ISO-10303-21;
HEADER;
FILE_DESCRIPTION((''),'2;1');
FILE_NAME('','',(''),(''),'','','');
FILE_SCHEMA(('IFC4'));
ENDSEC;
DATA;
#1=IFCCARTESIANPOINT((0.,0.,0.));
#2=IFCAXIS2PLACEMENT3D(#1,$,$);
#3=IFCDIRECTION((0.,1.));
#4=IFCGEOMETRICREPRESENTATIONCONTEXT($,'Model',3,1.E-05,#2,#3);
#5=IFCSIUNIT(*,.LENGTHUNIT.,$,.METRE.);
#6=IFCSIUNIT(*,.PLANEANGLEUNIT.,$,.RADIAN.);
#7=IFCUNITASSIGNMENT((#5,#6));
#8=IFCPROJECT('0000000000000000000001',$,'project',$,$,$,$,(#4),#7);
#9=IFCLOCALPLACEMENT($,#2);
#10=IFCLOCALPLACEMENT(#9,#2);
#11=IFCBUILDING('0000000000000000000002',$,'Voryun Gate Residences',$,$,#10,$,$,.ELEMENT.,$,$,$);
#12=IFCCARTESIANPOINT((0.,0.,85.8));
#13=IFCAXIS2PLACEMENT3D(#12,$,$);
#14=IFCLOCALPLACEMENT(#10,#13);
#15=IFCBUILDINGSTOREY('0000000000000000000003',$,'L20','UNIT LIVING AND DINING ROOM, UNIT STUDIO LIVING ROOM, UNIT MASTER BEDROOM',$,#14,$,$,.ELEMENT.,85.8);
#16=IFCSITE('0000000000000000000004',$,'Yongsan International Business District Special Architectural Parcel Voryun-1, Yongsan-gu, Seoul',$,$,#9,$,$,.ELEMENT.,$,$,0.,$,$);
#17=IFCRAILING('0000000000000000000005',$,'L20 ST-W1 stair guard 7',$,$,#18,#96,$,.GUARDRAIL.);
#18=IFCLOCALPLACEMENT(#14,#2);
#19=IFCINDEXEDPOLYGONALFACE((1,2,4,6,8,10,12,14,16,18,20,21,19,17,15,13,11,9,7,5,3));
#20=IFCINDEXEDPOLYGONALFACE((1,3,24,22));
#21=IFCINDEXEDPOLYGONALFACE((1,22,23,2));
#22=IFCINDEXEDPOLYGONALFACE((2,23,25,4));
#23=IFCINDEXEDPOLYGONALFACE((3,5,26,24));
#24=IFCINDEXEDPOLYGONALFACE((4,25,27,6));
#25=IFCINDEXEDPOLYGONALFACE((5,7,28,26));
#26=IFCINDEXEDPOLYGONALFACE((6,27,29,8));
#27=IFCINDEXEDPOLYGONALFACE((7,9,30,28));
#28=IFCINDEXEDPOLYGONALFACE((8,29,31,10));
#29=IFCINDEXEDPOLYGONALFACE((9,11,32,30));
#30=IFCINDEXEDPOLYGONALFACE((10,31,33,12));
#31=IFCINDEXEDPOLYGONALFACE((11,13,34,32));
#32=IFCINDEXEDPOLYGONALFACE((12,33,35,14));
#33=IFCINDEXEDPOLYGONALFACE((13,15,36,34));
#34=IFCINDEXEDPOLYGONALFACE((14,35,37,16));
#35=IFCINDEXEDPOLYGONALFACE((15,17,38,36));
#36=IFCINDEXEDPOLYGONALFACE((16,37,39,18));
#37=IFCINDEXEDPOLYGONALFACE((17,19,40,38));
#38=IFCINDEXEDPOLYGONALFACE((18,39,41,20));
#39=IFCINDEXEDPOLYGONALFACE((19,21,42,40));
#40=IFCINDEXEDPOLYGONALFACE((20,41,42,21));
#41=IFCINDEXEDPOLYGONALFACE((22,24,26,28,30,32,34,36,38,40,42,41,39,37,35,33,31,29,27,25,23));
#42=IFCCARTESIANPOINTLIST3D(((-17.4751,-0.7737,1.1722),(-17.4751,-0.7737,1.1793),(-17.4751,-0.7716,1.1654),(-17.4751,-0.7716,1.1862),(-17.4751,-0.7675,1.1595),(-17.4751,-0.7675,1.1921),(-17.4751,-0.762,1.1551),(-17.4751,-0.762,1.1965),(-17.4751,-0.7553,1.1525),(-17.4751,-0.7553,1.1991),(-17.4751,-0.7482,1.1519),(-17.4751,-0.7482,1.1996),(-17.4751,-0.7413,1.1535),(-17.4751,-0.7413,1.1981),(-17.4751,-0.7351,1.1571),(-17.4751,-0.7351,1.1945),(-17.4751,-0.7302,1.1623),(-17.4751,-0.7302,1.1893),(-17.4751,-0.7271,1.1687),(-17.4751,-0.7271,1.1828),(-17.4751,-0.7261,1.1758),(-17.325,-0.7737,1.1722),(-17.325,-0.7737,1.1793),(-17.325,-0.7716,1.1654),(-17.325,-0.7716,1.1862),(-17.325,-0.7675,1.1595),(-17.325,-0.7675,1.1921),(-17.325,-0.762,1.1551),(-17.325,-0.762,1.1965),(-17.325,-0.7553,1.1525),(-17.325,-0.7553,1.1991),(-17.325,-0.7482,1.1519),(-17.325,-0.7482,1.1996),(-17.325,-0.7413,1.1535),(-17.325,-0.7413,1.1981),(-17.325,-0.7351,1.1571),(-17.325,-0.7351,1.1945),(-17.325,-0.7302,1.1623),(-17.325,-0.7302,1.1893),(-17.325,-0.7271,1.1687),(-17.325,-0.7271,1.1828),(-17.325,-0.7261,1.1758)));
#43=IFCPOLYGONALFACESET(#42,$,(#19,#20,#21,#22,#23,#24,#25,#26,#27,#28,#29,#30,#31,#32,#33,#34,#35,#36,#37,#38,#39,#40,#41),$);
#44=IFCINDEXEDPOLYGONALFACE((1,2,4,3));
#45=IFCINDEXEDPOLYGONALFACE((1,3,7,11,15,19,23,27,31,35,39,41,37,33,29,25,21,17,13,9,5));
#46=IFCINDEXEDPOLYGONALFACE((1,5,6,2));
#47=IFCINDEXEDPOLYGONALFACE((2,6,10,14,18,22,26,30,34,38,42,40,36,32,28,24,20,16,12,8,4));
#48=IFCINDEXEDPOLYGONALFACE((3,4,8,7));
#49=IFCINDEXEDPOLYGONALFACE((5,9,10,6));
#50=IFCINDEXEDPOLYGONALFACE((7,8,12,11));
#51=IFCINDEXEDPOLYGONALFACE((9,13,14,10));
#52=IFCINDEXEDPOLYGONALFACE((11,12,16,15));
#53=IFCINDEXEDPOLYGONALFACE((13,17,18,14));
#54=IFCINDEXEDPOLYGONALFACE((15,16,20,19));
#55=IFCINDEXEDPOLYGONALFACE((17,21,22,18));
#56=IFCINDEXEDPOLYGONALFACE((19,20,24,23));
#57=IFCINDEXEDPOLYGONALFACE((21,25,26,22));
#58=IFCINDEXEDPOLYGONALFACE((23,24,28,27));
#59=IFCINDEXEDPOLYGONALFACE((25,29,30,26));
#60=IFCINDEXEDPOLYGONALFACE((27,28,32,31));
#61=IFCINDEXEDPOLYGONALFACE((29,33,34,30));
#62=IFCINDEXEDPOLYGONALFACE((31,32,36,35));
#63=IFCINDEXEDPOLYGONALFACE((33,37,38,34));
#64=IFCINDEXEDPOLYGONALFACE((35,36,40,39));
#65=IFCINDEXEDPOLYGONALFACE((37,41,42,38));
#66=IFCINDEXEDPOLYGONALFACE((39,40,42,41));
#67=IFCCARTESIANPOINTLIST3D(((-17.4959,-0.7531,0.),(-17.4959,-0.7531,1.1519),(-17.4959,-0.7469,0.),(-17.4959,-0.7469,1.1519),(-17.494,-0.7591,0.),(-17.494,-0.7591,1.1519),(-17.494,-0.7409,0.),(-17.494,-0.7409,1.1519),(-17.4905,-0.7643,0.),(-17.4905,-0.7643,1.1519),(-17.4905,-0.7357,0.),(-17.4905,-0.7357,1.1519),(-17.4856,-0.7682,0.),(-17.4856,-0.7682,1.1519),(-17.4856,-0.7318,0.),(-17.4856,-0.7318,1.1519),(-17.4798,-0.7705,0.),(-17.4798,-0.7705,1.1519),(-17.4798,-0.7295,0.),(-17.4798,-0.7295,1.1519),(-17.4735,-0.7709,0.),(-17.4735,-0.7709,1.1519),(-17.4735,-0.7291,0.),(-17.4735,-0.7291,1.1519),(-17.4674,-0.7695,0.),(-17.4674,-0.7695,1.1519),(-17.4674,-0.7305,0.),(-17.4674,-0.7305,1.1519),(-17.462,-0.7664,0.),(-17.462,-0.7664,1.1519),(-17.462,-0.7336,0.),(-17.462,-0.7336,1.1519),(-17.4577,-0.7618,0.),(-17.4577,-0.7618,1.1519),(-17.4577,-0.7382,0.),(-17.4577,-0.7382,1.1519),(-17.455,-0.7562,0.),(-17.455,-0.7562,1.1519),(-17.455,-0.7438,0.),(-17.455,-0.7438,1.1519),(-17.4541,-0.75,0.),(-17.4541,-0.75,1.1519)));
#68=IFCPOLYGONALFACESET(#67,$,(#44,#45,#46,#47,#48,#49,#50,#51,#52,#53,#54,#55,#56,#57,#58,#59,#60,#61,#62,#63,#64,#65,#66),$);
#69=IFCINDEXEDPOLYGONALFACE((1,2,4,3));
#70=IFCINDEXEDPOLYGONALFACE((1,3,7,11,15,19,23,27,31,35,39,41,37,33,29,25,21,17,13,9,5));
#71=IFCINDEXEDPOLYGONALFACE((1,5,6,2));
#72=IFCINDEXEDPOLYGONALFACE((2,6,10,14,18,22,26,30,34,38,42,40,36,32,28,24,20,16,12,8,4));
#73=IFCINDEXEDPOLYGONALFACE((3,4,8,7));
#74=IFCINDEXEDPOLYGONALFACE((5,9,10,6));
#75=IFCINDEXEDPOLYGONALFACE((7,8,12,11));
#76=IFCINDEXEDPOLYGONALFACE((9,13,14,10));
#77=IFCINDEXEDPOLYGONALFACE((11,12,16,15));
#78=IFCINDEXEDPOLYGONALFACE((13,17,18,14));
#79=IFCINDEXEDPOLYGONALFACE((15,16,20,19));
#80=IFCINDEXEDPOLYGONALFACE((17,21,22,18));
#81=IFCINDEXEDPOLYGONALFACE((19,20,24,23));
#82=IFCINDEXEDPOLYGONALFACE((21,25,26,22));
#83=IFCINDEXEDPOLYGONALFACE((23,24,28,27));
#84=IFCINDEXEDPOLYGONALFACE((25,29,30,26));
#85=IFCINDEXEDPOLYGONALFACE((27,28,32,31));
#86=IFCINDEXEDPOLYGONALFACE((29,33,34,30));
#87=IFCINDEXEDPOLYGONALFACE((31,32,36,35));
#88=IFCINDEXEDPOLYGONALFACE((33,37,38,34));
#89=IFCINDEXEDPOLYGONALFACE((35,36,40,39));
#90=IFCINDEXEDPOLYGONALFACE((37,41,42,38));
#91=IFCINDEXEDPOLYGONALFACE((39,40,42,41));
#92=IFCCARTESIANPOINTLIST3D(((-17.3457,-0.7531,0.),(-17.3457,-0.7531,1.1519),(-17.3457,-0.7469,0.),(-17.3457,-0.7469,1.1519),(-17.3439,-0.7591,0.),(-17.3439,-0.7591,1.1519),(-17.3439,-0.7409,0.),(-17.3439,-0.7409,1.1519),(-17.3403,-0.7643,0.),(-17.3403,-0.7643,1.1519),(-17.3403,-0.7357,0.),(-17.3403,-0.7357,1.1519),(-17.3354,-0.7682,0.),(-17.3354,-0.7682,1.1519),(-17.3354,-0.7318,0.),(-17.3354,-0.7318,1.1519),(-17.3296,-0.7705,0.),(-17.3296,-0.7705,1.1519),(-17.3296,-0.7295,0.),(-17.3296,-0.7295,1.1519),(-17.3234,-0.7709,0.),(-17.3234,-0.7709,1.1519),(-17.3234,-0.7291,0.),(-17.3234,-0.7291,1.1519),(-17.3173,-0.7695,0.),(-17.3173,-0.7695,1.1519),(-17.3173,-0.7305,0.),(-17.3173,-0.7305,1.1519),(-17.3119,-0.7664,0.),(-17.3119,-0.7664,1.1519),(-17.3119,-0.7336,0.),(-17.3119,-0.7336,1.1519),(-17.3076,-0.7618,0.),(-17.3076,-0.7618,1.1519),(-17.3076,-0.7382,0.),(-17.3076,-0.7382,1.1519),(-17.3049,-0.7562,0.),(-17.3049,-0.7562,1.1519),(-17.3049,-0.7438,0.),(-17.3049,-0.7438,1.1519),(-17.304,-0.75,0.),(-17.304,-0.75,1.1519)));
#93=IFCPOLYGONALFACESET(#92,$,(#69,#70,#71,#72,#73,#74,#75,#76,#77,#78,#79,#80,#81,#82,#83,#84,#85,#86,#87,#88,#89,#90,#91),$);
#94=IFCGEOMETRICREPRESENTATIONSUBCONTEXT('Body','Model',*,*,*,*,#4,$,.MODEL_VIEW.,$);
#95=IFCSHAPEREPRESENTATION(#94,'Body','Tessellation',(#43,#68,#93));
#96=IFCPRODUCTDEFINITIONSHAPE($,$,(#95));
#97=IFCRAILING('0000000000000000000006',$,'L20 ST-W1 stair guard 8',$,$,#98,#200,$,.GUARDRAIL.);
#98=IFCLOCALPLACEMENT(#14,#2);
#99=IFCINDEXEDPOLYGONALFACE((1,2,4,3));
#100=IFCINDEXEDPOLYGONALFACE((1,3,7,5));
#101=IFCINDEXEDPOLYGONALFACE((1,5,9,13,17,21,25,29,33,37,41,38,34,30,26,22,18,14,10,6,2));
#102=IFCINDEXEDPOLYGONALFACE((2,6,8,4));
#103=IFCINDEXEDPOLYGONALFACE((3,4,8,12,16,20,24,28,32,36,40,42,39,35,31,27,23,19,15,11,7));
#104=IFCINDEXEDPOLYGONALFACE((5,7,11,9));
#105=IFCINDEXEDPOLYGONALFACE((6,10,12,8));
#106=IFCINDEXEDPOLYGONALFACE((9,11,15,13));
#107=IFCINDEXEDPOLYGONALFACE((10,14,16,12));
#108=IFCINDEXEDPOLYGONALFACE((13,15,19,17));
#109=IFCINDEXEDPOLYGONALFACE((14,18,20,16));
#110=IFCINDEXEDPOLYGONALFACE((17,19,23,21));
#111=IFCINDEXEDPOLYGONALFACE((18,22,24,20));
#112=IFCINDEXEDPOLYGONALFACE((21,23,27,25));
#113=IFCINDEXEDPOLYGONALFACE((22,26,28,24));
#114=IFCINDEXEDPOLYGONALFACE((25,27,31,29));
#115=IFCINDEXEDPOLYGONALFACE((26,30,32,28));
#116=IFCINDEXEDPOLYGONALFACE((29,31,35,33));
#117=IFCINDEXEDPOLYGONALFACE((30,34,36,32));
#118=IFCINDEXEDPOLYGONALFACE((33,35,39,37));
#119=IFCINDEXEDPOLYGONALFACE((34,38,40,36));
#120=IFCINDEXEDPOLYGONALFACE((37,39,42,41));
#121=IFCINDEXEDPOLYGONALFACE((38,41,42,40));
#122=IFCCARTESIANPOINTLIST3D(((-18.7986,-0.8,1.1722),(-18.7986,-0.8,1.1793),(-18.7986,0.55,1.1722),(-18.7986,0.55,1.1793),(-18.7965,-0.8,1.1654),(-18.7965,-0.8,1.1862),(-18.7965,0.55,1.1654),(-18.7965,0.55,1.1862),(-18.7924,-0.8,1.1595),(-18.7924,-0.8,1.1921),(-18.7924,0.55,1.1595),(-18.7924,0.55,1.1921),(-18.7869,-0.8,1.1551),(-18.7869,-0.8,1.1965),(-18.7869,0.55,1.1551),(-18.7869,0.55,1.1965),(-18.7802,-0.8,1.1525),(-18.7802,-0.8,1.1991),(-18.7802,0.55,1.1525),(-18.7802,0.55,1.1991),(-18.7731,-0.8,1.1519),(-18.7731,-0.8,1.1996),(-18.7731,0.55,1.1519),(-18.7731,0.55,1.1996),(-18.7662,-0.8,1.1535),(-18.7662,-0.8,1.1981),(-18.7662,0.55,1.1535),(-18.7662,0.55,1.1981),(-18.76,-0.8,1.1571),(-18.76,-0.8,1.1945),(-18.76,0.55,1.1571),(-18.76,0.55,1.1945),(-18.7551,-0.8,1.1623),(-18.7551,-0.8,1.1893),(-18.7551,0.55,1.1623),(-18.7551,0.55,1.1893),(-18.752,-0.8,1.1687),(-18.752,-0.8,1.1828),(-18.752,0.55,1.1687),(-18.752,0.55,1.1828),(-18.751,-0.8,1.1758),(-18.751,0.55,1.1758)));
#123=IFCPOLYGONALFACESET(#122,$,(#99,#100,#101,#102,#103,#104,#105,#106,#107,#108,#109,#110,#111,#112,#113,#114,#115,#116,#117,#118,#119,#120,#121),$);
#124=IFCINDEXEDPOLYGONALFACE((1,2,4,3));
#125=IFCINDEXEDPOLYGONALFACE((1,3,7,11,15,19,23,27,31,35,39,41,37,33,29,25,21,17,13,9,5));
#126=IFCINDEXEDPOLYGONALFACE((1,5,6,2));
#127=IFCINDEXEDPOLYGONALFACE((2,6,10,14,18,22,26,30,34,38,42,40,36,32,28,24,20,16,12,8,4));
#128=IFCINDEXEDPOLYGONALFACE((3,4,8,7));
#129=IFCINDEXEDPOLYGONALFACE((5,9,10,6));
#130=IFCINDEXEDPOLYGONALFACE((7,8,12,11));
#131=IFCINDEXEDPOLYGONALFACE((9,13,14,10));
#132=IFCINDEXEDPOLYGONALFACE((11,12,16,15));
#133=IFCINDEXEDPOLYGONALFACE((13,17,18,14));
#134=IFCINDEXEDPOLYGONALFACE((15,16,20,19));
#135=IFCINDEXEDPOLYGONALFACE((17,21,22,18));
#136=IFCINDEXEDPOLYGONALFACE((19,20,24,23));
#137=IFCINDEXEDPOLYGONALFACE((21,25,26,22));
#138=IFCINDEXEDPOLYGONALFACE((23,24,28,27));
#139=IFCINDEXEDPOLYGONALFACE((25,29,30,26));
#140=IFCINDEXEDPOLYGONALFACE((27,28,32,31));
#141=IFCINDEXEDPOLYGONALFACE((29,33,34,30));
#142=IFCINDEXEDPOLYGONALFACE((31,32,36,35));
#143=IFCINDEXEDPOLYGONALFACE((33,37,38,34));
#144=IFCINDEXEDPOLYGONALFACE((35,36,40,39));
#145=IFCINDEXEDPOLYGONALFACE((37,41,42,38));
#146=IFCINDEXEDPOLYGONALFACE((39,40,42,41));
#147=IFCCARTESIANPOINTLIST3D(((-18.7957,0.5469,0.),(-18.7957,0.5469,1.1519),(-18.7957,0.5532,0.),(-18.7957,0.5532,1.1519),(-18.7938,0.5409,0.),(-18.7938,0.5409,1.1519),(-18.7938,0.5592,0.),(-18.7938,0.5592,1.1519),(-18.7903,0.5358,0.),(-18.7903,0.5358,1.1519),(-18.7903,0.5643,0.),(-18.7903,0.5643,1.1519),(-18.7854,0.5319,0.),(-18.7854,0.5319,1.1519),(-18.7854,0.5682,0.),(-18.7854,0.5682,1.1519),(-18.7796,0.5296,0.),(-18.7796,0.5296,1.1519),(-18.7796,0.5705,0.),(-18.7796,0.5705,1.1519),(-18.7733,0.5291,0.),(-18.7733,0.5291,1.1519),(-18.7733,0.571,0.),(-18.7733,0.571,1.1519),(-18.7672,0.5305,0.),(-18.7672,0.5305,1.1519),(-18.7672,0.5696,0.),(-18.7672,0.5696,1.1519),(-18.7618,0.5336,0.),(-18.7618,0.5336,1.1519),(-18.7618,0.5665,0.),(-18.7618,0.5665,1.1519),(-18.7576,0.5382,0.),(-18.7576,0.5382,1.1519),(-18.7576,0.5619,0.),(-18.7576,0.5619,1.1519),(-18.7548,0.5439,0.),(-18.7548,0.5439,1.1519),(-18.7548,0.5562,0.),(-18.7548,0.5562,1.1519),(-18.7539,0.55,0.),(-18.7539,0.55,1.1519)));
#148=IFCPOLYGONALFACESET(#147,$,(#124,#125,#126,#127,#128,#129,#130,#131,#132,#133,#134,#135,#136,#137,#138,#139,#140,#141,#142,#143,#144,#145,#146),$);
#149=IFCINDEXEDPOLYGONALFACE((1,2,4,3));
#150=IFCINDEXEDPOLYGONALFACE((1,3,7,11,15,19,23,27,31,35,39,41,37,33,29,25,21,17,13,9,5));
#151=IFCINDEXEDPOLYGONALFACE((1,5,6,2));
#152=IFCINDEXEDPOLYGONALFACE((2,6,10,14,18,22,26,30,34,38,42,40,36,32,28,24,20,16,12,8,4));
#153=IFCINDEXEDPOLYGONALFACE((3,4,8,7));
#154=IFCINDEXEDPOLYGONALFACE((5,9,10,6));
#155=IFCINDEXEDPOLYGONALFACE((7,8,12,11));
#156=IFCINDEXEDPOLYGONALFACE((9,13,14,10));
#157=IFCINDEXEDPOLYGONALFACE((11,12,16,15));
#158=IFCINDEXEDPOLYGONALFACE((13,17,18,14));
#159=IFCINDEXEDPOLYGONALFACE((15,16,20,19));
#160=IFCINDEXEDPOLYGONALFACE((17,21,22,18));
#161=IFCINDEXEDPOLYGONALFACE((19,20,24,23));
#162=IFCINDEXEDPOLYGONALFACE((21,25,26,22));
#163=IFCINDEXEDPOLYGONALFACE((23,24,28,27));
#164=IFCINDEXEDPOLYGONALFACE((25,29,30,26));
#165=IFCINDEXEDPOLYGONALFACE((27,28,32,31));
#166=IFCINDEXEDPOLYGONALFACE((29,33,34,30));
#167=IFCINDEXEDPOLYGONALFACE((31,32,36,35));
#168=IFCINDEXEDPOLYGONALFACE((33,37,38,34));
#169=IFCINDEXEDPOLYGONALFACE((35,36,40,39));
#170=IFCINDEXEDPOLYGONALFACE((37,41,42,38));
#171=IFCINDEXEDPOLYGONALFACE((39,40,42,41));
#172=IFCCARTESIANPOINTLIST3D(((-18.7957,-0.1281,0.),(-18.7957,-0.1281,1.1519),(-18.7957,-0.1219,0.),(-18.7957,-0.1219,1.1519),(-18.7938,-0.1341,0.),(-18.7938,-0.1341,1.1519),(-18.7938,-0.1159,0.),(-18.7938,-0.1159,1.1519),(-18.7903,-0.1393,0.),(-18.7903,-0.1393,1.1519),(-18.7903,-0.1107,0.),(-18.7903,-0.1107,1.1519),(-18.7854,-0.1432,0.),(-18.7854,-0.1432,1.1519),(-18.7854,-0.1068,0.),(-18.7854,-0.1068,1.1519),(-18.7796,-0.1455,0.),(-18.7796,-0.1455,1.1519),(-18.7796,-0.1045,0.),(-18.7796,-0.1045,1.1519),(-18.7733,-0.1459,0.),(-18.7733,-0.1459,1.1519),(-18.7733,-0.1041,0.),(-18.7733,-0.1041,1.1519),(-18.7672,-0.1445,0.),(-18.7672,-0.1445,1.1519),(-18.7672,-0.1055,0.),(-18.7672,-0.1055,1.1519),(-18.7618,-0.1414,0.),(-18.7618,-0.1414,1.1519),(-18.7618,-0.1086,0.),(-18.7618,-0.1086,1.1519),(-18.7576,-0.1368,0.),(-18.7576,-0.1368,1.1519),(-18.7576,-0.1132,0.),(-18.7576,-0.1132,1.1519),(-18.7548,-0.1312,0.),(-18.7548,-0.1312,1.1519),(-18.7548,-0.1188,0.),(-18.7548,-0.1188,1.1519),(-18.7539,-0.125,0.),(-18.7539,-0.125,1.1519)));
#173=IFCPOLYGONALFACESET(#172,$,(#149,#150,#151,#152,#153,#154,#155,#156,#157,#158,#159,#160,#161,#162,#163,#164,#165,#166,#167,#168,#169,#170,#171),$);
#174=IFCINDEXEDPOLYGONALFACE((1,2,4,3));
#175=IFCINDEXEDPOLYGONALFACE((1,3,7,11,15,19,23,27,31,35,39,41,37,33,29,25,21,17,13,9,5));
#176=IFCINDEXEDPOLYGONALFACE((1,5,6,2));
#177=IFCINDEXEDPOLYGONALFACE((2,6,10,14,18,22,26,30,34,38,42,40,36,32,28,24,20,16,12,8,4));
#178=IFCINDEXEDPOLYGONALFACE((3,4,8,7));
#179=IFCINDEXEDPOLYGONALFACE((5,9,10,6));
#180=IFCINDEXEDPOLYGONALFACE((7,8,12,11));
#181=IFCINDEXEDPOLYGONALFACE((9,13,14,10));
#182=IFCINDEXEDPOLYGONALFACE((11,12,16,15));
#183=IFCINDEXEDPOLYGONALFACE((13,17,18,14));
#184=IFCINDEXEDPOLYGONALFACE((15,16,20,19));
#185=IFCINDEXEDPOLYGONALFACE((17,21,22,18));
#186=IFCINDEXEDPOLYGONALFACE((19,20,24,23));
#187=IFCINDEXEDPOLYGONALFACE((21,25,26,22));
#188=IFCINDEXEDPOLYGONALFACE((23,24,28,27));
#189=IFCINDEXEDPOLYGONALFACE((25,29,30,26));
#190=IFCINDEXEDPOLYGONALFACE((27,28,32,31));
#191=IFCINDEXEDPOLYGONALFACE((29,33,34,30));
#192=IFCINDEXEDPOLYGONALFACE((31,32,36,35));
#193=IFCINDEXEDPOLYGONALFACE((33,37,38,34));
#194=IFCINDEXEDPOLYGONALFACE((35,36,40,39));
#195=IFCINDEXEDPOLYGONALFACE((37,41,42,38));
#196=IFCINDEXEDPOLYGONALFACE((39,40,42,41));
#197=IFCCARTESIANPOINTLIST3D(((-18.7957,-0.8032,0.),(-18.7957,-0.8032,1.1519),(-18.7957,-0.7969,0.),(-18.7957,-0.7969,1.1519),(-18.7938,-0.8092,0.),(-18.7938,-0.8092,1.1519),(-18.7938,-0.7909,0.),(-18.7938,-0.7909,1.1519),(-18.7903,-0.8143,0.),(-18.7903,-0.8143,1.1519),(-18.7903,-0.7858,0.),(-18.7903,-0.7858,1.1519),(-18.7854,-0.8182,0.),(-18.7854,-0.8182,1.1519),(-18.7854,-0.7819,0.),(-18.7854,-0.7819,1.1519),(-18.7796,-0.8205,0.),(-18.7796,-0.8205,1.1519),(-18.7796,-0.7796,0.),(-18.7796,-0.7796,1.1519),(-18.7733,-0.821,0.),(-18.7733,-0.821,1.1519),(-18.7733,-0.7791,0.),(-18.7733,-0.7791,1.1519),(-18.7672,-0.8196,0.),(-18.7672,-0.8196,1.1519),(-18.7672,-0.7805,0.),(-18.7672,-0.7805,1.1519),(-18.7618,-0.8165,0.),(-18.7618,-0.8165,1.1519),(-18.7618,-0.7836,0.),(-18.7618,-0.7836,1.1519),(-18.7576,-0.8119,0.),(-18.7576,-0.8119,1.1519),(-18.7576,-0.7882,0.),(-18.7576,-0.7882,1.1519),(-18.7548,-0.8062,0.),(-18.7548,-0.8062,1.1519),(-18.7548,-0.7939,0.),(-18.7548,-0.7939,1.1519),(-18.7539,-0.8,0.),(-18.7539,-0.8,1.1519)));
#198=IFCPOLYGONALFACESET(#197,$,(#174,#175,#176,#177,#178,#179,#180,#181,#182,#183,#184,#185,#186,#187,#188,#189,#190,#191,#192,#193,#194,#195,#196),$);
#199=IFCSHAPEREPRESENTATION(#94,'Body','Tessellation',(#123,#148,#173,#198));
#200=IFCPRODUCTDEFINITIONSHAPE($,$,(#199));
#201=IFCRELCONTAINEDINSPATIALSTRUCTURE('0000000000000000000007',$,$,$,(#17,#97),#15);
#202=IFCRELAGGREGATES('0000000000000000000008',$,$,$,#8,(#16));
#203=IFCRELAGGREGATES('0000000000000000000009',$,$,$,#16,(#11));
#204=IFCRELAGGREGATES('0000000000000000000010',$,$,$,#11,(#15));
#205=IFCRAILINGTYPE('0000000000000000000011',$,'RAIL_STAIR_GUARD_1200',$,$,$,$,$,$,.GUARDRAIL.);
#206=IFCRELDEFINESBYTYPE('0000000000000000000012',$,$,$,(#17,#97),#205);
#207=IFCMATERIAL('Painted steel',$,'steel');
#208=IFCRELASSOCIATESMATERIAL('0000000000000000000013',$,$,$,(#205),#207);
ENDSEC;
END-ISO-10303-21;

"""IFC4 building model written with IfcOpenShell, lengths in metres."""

from ifc_helpers import new_model, si_unit, direction, frame, origin, origin_2d, place, context, subcontext, project, spatial, circle, extrude, material, type_object, element, save


model = new_model("IFC4")

# Units and contexts
model_context = context("Model", 3, precision=1e-05, world=origin(), true_north=direction((0.0, 1.0)))
body_context = subcontext(model_context, "Body", "Model", "MODEL_VIEW")
ifc_project = project(units=[si_unit("LENGTHUNIT", "METRE"), si_unit("PLANEANGLEUNIT", "RADIAN")], contexts=[model_context])

# Site, building, storey
site_placement = place(None, origin())
site = spatial("IfcSite", under=ifc_project, at=site_placement, Name="Yongsan International Business District Special Architectural Parcel Voryun-1, Yongsan-gu, Seoul", CompositionType="ELEMENT", RefElevation=0.0)
building_placement = place(site_placement, origin())
building = spatial("IfcBuilding", under=site, at=building_placement, Name="Voryun Gate Residences", CompositionType="ELEMENT")
storey_placement = place(building_placement, frame((0.0, 0.0, 85.8)))
storey = spatial("IfcBuildingStorey", under=building, at=storey_placement, Name="L20", Description="UNIT LIVING AND DINING ROOM, UNIT STUDIO LIVING ROOM, UNIT MASTER BEDROOM", CompositionType="ELEMENT", Elevation=85.8)

# Railings
ifc_material_1 = material(Name="Painted steel", Category="steel")
railing_type = type_object("IfcRailingType", Name="RAIL_STAIR_GUARD_1200", PredefinedType="GUARDRAIL", material=ifc_material_1)
railing_1_placement = place(storey_placement, frame((-17.4751, -0.75, 0.0)))
element("IfcRailing", 1, at=railing_1_placement, inside=storey, type_object=railing_type, Name="L20 ST-W1 stair guard 7", PredefinedType="GUARDRAIL", context=body_context, shape_type="SweptSolid", body=[
    extrude(circle(Radius=0.0239, at=origin_2d()), frame((0.0, 0.0, 1.1758), z_axis=(1.0, 0.0, 0.0), x_axis=(0.0, 1.0, 0.0)), (0.0, 0.0, 1.0), 0.1501),
    extrude(circle(Radius=0.021, at=origin_2d()), origin(), (0.0, 0.0, 1.0), 1.1519),
    extrude(circle(Radius=0.021, at=origin_2d()), frame((0.1501, 0.0, 0.0)), (0.0, 0.0, 1.0), 1.1519),
])
for number, where, name in (
    (2, (-18.7749, 0.55, 0.0), "L20 ST-W1 stair guard 8"),
):
    element("IfcRailing", number, at=place(storey_placement, frame(where)), inside=storey, type_object=railing_type, Name=name, PredefinedType="GUARDRAIL", context=body_context, shape_type="SweptSolid", body=[
        extrude(circle(Radius=0.0239, at=origin_2d()), frame((0.0, 0.0, 1.1758), z_axis=(0.0, -1.0, 0.0), x_axis=(1.0, 0.0, 0.0)), (0.0, 0.0, 1.0), 1.3501),
        extrude(circle(Radius=0.021, at=origin_2d()), origin(), (0.0, 0.0, 1.0), 1.1519),
        extrude(circle(Radius=0.021, at=origin_2d()), frame((0.0, -0.675, 0.0)), (0.0, 0.0, 1.0), 1.1519),
        extrude(circle(Radius=0.021, at=origin_2d()), frame((0.0, -1.3501, 0.0)), (0.0, 0.0, 1.0), 1.1519),
    ])

save(model, "model.ifc")
